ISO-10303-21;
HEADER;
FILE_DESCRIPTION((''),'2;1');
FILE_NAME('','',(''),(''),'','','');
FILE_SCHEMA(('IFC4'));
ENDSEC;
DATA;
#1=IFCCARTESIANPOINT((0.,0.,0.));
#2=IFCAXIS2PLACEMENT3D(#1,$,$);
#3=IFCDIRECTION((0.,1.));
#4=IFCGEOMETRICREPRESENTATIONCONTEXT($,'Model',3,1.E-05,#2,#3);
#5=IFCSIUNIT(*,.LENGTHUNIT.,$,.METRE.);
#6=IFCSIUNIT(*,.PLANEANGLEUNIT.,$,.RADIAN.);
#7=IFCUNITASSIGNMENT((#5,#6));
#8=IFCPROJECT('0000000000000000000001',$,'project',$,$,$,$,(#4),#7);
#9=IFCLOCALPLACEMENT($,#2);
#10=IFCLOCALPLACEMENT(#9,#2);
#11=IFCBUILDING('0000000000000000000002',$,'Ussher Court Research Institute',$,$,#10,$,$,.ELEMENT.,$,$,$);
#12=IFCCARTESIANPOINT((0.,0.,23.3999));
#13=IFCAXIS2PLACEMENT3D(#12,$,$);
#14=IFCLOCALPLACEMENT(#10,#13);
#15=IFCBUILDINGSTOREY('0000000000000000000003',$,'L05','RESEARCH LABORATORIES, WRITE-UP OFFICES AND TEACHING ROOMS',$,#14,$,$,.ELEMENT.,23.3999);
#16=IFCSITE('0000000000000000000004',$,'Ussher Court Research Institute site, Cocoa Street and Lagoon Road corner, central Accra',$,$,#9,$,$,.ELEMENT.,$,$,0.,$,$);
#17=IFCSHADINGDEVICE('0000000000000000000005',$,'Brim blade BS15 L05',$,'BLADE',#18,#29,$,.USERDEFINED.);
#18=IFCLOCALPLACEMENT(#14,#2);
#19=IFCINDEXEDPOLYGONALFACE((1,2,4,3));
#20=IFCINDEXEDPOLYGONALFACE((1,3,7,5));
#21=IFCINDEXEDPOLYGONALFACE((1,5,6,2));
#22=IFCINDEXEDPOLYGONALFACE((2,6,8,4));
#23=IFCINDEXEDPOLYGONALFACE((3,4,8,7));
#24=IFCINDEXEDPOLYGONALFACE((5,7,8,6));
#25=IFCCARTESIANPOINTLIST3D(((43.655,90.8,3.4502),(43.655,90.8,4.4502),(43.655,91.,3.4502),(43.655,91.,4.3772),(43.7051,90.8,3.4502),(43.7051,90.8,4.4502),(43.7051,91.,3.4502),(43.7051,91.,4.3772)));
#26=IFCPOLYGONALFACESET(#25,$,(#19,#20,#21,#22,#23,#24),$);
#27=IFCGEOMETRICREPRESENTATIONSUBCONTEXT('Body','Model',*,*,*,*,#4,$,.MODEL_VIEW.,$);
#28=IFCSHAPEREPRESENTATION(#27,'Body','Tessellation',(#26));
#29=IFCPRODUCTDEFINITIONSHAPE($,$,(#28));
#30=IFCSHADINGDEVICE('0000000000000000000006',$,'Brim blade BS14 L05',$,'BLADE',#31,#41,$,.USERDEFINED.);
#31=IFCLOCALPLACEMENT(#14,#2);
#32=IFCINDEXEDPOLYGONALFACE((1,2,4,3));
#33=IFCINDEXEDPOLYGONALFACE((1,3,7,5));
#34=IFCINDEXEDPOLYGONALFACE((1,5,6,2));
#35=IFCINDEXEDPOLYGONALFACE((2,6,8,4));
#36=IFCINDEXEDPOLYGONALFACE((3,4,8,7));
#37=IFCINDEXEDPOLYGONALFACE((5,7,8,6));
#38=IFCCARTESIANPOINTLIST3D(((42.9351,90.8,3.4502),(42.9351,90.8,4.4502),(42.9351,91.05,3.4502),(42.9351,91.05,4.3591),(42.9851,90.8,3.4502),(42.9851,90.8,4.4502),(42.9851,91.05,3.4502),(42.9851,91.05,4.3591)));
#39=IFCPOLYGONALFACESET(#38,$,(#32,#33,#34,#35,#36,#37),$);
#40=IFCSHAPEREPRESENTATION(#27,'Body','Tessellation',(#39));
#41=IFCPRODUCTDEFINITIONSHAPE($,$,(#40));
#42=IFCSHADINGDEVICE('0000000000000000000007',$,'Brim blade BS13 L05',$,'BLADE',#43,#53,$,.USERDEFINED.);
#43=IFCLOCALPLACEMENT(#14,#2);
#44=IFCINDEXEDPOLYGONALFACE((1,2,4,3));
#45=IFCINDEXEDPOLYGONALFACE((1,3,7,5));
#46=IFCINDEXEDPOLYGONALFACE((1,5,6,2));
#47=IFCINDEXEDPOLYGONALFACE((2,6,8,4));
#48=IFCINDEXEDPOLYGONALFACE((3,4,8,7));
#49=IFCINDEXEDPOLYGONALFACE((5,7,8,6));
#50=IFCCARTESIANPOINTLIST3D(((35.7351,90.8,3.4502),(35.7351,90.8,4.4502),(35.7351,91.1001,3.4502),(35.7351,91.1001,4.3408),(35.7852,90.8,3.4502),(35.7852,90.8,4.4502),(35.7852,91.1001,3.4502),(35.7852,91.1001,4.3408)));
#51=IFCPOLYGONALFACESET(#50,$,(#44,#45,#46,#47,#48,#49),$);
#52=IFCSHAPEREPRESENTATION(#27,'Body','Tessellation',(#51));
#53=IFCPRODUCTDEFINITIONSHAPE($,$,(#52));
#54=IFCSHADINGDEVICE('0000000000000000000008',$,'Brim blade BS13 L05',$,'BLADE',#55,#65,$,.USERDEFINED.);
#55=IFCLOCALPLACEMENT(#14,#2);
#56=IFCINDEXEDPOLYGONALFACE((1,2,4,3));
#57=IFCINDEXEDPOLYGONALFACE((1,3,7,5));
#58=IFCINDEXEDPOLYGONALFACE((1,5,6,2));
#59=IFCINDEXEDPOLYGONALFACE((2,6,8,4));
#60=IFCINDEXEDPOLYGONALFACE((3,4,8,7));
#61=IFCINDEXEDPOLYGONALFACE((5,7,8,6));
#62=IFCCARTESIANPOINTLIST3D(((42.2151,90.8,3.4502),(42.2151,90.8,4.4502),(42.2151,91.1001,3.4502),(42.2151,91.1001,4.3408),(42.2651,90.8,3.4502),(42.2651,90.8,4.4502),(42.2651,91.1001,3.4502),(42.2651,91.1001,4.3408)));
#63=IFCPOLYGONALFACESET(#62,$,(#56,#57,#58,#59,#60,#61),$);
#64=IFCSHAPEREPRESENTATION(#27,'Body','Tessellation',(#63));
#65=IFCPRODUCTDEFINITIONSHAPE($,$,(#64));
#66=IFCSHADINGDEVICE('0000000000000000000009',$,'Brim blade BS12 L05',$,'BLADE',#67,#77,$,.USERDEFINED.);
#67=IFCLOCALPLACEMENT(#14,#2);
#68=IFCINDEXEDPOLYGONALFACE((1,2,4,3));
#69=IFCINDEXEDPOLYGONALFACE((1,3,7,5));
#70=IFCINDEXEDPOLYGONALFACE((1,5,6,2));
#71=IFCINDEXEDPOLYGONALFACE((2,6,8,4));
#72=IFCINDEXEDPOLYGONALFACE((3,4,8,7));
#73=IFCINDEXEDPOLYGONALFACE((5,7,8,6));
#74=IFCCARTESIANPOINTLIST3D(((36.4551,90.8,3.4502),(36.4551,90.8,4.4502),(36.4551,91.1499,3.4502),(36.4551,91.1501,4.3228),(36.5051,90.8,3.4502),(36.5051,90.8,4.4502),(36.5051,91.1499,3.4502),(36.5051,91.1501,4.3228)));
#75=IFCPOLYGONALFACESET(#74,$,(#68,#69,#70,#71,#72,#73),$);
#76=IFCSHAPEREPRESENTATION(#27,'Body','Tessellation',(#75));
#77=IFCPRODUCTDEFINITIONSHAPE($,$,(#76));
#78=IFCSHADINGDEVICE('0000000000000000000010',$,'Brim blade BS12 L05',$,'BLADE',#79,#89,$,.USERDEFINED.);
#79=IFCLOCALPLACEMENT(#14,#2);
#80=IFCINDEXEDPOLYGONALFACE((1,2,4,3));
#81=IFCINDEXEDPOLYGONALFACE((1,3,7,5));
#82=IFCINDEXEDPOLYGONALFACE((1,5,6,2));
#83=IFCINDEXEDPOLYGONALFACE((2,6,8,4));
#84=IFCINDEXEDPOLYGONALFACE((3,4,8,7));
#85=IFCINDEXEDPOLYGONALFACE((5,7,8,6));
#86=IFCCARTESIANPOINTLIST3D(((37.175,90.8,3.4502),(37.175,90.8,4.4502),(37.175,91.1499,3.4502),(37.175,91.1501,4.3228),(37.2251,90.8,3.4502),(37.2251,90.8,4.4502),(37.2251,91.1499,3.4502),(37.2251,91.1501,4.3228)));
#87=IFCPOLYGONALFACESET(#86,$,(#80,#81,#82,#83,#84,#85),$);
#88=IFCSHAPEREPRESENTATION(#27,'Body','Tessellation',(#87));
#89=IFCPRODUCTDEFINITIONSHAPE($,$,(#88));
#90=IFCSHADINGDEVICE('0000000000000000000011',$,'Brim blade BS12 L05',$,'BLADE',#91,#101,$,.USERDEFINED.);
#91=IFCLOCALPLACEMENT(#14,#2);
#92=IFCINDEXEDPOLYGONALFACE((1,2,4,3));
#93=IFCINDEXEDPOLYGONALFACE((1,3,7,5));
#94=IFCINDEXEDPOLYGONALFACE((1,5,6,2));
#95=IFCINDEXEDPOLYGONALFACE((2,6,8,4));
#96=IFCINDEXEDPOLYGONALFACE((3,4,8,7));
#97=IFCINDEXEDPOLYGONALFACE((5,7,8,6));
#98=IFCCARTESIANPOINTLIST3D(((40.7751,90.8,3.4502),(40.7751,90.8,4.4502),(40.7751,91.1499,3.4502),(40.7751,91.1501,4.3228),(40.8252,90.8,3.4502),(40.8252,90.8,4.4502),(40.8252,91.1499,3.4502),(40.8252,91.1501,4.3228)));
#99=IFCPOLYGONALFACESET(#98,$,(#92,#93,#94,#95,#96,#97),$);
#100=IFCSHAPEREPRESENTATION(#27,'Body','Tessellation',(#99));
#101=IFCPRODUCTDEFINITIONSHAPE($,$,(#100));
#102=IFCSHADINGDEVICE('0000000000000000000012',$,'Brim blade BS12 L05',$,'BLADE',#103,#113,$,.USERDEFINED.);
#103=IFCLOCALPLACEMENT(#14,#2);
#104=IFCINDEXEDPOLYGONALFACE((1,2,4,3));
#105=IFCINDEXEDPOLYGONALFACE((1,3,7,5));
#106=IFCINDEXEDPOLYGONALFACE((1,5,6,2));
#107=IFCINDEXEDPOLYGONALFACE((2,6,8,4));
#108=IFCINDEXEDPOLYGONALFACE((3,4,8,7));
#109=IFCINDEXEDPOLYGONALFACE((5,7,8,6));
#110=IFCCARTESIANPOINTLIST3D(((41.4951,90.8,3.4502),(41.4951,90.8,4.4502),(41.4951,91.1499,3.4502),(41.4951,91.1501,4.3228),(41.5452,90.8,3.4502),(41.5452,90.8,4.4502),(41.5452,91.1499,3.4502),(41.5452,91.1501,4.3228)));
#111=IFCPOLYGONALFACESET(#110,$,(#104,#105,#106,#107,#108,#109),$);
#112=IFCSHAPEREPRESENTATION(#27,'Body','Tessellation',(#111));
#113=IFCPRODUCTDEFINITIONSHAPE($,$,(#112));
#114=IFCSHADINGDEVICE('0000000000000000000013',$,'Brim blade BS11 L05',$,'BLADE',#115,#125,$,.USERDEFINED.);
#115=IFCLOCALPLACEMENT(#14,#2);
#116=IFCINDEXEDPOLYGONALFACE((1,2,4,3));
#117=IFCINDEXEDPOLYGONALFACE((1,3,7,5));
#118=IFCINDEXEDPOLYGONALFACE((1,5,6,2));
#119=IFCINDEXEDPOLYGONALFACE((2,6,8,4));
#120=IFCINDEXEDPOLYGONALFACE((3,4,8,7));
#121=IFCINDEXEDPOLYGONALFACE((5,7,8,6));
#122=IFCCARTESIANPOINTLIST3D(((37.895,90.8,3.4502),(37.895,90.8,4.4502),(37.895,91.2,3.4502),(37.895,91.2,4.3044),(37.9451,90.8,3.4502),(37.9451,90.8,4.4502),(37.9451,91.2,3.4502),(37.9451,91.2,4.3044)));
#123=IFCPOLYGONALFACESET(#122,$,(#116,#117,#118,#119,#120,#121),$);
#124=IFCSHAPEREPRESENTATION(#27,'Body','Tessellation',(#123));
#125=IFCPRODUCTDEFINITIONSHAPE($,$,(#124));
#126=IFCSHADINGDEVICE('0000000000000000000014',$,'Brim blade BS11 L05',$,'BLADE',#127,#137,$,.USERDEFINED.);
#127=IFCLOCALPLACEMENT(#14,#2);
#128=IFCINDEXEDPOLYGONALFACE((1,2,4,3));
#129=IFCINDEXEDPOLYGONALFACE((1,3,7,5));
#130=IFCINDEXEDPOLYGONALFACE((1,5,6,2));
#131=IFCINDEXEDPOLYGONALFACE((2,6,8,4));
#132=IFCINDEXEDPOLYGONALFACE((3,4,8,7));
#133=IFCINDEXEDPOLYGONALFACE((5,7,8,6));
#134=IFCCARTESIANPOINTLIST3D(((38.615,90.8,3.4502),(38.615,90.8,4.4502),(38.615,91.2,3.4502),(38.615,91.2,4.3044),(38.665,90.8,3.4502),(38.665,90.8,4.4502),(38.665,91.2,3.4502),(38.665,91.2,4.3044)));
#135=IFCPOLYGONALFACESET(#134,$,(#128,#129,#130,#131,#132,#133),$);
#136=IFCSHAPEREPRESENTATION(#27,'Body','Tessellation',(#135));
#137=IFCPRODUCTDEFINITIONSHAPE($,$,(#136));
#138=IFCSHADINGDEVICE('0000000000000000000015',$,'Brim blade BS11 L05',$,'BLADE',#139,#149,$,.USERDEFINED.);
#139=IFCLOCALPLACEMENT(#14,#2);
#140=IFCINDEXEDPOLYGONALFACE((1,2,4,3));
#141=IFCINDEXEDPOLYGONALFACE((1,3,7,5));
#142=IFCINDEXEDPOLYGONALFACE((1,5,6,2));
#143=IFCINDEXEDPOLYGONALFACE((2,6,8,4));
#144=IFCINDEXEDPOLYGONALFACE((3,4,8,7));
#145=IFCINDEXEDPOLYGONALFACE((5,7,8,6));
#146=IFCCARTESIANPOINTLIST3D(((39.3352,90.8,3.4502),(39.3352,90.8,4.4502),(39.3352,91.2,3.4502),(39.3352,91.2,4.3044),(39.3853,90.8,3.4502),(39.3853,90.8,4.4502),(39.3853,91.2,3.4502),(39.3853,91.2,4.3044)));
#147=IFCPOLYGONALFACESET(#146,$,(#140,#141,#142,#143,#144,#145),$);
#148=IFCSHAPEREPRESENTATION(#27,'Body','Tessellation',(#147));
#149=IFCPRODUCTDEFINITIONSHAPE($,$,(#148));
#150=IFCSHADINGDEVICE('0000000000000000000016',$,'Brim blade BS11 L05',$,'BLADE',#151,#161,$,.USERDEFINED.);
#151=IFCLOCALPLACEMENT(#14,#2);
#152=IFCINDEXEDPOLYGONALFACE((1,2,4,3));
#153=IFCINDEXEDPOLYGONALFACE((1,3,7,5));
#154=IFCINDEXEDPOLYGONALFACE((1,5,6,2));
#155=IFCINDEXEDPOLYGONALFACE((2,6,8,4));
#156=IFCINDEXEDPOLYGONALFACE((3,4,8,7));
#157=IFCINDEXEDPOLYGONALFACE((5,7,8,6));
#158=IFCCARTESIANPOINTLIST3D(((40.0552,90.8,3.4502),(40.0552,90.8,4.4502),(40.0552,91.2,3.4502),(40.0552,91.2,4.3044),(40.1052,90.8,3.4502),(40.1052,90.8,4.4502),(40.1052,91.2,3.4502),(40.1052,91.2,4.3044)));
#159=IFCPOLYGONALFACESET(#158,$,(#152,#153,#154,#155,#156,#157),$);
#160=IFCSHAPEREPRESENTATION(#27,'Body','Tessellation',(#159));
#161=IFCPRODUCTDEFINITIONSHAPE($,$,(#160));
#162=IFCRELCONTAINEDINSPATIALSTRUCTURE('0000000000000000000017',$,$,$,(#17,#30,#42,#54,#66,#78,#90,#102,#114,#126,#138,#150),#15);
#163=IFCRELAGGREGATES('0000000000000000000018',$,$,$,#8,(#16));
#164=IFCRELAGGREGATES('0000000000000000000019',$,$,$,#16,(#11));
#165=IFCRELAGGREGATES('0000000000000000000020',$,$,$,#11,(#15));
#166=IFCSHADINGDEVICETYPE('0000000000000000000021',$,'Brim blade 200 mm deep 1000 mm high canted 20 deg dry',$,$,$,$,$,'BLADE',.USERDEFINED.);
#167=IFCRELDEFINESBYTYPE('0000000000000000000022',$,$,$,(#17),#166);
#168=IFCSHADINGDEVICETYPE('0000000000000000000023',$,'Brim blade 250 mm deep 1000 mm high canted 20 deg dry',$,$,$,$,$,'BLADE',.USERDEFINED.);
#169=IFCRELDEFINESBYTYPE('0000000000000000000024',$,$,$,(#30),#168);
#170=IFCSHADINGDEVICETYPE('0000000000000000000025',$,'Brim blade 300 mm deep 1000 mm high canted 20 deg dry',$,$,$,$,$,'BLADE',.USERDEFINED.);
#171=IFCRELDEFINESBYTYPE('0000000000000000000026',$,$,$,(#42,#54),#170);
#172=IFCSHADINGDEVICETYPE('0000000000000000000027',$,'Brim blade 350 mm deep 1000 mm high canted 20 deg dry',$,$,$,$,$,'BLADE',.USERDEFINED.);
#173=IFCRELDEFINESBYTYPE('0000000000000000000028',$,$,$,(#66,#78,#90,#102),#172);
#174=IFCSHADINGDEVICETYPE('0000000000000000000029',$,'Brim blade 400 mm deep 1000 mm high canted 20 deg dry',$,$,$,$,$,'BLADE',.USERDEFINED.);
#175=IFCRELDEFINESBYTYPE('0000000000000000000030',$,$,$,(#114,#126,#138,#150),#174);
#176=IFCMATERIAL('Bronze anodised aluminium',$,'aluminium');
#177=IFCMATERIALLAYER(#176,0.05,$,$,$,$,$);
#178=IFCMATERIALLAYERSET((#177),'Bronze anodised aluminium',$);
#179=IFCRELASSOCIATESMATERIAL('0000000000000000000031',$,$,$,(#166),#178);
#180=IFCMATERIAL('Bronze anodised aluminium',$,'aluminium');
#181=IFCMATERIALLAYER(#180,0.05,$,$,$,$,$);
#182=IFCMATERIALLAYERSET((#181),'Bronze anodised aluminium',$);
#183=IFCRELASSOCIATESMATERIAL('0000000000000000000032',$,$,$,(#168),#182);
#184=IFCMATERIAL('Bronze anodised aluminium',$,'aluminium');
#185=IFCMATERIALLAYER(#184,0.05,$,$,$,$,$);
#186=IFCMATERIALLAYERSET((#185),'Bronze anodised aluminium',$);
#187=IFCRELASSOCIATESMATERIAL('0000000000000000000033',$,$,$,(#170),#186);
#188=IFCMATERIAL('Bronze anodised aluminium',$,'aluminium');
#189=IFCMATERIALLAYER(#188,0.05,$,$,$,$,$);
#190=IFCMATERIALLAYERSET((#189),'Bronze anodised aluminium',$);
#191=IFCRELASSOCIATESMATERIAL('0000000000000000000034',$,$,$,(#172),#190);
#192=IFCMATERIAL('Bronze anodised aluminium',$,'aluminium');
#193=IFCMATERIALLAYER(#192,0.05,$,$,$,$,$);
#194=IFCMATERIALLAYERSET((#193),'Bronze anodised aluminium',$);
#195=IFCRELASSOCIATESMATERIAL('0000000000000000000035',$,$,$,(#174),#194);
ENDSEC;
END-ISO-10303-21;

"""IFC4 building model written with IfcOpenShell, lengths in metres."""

from ifc_helpers import new_model, si_unit, direction, frame, origin, place, context, subcontext, project, spatial, polyline, outline, extrude, material, layer, layer_set, type_object, element, save


model = new_model("IFC4")

# Units and contexts
model_context = context("Model", 3, precision=1e-05, world=origin(), true_north=direction((0.0, 1.0)))
body_context = subcontext(model_context, "Body", "Model", "MODEL_VIEW")
ifc_project = project(units=[si_unit("LENGTHUNIT", "METRE"), si_unit("PLANEANGLEUNIT", "RADIAN")], contexts=[model_context])

# Site, building, storey
site_placement = place(None, origin())
site = spatial("IfcSite", under=ifc_project, at=site_placement, Name="Ussher Court Research Institute site, Cocoa Street and Lagoon Road corner, central Accra", CompositionType="ELEMENT", RefElevation=0.0)
building_placement = place(site_placement, origin())
building = spatial("IfcBuilding", under=site, at=building_placement, Name="Ussher Court Research Institute", CompositionType="ELEMENT")
storey_placement = place(building_placement, frame((0.0, 0.0, 23.3999)))
storey = spatial("IfcBuildingStorey", under=building, at=storey_placement, Name="L05", Description="RESEARCH LABORATORIES, WRITE-UP OFFICES AND TEACHING ROOMS", CompositionType="ELEMENT", Elevation=23.3999)

# Shading devices
ifc_material_1 = material(Name="Bronze anodised aluminium", Category="aluminium")
ifc_layer_1 = layer(ifc_material_1, 0.05)
ifc_layer_set_1 = layer_set([ifc_layer_1], Name="Bronze anodised aluminium")
shading_device_type_1 = type_object("IfcShadingDeviceType", Name="Brim blade 200 mm deep 1000 mm high canted 20 deg dry", ElementType="BLADE", PredefinedType="USERDEFINED", material=ifc_layer_set_1)
shading_device_1_placement = place(storey_placement, frame((43.6799, 90.8, 3.4502), z_axis=(0.0, 0.0, 1.0), x_axis=(0.0, 1.0, 0.0)))
element("IfcShadingDevice", 1, at=shading_device_1_placement, inside=storey, type_object=shading_device_type_1, Name="Brim blade BS15 L05", ObjectType="BLADE", PredefinedType="USERDEFINED", context=body_context, shape_type="SweptSolid", body=[
    extrude(outline(polyline([(0.0, 0.0), (0.2, 0.0), (0.2, 0.927), (0.0, 1.0), (0.0, 0.0)])), frame((0.0, 0.0249, 0.0), z_axis=(0.0, -1.0, 0.0), x_axis=(1.0, 0.0, 0.0)), (0.0, 0.0, 1.0), 0.05),
])
ifc_material_2 = material(Name="Bronze anodised aluminium", Category="aluminium")
ifc_layer_2 = layer(ifc_material_2, 0.05)
ifc_layer_set_2 = layer_set([ifc_layer_2], Name="Bronze anodised aluminium")
shading_device_type_2 = type_object("IfcShadingDeviceType", Name="Brim blade 250 mm deep 1000 mm high canted 20 deg dry", ElementType="BLADE", PredefinedType="USERDEFINED", material=ifc_layer_set_2)
shading_device_2_placement = place(storey_placement, frame((42.96, 90.8, 3.4502), z_axis=(0.0, 0.0, 1.0), x_axis=(0.0, 1.0, 0.0)))
element("IfcShadingDevice", 2, at=shading_device_2_placement, inside=storey, type_object=shading_device_type_2, Name="Brim blade BS14 L05", ObjectType="BLADE", PredefinedType="USERDEFINED", context=body_context, shape_type="SweptSolid", body=[
    extrude(outline(polyline([(0.0, 0.0), (0.25, 0.0), (0.25, 0.9089), (0.0, 1.0), (0.0, 0.0)])), frame((0.0, 0.0249, 0.0), z_axis=(0.0, -1.0, 0.0), x_axis=(1.0, 0.0, 0.0)), (0.0, 0.0, 1.0), 0.05),
])
ifc_material_3 = material(Name="Bronze anodised aluminium", Category="aluminium")
ifc_layer_3 = layer(ifc_material_3, 0.05)
ifc_layer_set_3 = layer_set([ifc_layer_3], Name="Bronze anodised aluminium")
shading_device_type_3 = type_object("IfcShadingDeviceType", Name="Brim blade 300 mm deep 1000 mm high canted 20 deg dry", ElementType="BLADE", PredefinedType="USERDEFINED", material=ifc_layer_set_3)
for number, where, z_axis, x_axis, name in (
    (3, (35.76, 90.8, 3.4502), (0.0, 0.0, 1.0), (0.0, 1.0, 0.0), "Brim blade BS13 L05"),
    (4, (42.24, 90.8, 3.4502), (0.0, 0.0, 1.0), (0.0, 1.0, 0.0), "Brim blade BS13 L05"),
):
    element("IfcShadingDevice", number, at=place(storey_placement, frame(where, z_axis=z_axis, x_axis=x_axis)), inside=storey, type_object=shading_device_type_3, Name=name, ObjectType="BLADE", PredefinedType="USERDEFINED", context=body_context, shape_type="SweptSolid", body=[
        extrude(outline(polyline([(0.0, 0.0), (0.3, 0.0), (0.3, 0.8906), (0.0, 1.0), (0.0, 0.0)])), frame((0.0, 0.0249, 0.0), z_axis=(0.0, -1.0, 0.0), x_axis=(1.0, 0.0, 0.0)), (0.0, 0.0, 1.0), 0.05),
    ])
ifc_material_4 = material(Name="Bronze anodised aluminium", Category="aluminium")
ifc_layer_4 = layer(ifc_material_4, 0.05)
ifc_layer_set_4 = layer_set([ifc_layer_4], Name="Bronze anodised aluminium")
shading_device_type_4 = type_object("IfcShadingDeviceType", Name="Brim blade 350 mm deep 1000 mm high canted 20 deg dry", ElementType="BLADE", PredefinedType="USERDEFINED", material=ifc_layer_set_4)
for number, where, z_axis, x_axis, name in (
    (5, (36.48, 90.8, 3.4502), (0.0, 0.0, 1.0), (0.0, 1.0, 0.0), "Brim blade BS12 L05"),
    (6, (37.2, 90.8, 3.4502), (0.0, 0.0, 1.0), (0.0, 1.0, 0.0), "Brim blade BS12 L05"),
    (7, (40.8, 90.8, 3.4502), (0.0, 0.0, 1.0), (0.0, 1.0, 0.0), "Brim blade BS12 L05"),
    (8, (41.52, 90.8, 3.4502), (0.0, 0.0, 1.0), (0.0, 1.0, 0.0), "Brim blade BS12 L05"),
):
    element("IfcShadingDevice", number, at=place(storey_placement, frame(where, z_axis=z_axis, x_axis=x_axis)), inside=storey, type_object=shading_device_type_4, Name=name, ObjectType="BLADE", PredefinedType="USERDEFINED", context=body_context, shape_type="SweptSolid", body=[
        extrude(outline(polyline([(0.0, 0.0), (0.3499, 0.0), (0.3501, 0.8726), (0.0, 1.0), (0.0, 0.0)])), frame((0.0, 0.0249, 0.0), z_axis=(0.0, -1.0, 0.0), x_axis=(1.0, 0.0, 0.0)), (0.0, 0.0, 1.0), 0.05),
    ])
ifc_material_5 = material(Name="Bronze anodised aluminium", Category="aluminium")
ifc_layer_5 = layer(ifc_material_5, 0.05)
ifc_layer_set_5 = layer_set([ifc_layer_5], Name="Bronze anodised aluminium")
shading_device_type_5 = type_object("IfcShadingDeviceType", Name="Brim blade 400 mm deep 1000 mm high canted 20 deg dry", ElementType="BLADE", PredefinedType="USERDEFINED", material=ifc_layer_set_5)
for number, where, z_axis, x_axis, name in (
    (9, (37.9199, 90.8, 3.4502), (0.0, 0.0, 1.0), (0.0, 1.0, 0.0), "Brim blade BS11 L05"),
    (10, (38.6399, 90.8, 3.4502), (0.0, 0.0, 1.0), (0.0, 1.0, 0.0), "Brim blade BS11 L05"),
    (11, (39.3601, 90.8, 3.4502), (0.0, 0.0, 1.0), (0.0, 1.0, 0.0), "Brim blade BS11 L05"),
    (12, (40.0801, 90.8, 3.4502), (0.0, 0.0, 1.0), (0.0, 1.0, 0.0), "Brim blade BS11 L05"),
):
    element("IfcShadingDevice", number, at=place(storey_placement, frame(where, z_axis=z_axis, x_axis=x_axis)), inside=storey, type_object=shading_device_type_5, Name=name, ObjectType="BLADE", PredefinedType="USERDEFINED", context=body_context, shape_type="SweptSolid", body=[
        extrude(outline(polyline([(0.0, 0.0), (0.3999, 0.0), (0.3999, 0.8542), (0.0, 1.0), (0.0, 0.0)])), frame((0.0, 0.0249, 0.0), z_axis=(0.0, -1.0, 0.0), x_axis=(1.0, 0.0, 0.0)), (0.0, 0.0, 1.0), 0.05),
    ])

save(model, "model.ifc")
